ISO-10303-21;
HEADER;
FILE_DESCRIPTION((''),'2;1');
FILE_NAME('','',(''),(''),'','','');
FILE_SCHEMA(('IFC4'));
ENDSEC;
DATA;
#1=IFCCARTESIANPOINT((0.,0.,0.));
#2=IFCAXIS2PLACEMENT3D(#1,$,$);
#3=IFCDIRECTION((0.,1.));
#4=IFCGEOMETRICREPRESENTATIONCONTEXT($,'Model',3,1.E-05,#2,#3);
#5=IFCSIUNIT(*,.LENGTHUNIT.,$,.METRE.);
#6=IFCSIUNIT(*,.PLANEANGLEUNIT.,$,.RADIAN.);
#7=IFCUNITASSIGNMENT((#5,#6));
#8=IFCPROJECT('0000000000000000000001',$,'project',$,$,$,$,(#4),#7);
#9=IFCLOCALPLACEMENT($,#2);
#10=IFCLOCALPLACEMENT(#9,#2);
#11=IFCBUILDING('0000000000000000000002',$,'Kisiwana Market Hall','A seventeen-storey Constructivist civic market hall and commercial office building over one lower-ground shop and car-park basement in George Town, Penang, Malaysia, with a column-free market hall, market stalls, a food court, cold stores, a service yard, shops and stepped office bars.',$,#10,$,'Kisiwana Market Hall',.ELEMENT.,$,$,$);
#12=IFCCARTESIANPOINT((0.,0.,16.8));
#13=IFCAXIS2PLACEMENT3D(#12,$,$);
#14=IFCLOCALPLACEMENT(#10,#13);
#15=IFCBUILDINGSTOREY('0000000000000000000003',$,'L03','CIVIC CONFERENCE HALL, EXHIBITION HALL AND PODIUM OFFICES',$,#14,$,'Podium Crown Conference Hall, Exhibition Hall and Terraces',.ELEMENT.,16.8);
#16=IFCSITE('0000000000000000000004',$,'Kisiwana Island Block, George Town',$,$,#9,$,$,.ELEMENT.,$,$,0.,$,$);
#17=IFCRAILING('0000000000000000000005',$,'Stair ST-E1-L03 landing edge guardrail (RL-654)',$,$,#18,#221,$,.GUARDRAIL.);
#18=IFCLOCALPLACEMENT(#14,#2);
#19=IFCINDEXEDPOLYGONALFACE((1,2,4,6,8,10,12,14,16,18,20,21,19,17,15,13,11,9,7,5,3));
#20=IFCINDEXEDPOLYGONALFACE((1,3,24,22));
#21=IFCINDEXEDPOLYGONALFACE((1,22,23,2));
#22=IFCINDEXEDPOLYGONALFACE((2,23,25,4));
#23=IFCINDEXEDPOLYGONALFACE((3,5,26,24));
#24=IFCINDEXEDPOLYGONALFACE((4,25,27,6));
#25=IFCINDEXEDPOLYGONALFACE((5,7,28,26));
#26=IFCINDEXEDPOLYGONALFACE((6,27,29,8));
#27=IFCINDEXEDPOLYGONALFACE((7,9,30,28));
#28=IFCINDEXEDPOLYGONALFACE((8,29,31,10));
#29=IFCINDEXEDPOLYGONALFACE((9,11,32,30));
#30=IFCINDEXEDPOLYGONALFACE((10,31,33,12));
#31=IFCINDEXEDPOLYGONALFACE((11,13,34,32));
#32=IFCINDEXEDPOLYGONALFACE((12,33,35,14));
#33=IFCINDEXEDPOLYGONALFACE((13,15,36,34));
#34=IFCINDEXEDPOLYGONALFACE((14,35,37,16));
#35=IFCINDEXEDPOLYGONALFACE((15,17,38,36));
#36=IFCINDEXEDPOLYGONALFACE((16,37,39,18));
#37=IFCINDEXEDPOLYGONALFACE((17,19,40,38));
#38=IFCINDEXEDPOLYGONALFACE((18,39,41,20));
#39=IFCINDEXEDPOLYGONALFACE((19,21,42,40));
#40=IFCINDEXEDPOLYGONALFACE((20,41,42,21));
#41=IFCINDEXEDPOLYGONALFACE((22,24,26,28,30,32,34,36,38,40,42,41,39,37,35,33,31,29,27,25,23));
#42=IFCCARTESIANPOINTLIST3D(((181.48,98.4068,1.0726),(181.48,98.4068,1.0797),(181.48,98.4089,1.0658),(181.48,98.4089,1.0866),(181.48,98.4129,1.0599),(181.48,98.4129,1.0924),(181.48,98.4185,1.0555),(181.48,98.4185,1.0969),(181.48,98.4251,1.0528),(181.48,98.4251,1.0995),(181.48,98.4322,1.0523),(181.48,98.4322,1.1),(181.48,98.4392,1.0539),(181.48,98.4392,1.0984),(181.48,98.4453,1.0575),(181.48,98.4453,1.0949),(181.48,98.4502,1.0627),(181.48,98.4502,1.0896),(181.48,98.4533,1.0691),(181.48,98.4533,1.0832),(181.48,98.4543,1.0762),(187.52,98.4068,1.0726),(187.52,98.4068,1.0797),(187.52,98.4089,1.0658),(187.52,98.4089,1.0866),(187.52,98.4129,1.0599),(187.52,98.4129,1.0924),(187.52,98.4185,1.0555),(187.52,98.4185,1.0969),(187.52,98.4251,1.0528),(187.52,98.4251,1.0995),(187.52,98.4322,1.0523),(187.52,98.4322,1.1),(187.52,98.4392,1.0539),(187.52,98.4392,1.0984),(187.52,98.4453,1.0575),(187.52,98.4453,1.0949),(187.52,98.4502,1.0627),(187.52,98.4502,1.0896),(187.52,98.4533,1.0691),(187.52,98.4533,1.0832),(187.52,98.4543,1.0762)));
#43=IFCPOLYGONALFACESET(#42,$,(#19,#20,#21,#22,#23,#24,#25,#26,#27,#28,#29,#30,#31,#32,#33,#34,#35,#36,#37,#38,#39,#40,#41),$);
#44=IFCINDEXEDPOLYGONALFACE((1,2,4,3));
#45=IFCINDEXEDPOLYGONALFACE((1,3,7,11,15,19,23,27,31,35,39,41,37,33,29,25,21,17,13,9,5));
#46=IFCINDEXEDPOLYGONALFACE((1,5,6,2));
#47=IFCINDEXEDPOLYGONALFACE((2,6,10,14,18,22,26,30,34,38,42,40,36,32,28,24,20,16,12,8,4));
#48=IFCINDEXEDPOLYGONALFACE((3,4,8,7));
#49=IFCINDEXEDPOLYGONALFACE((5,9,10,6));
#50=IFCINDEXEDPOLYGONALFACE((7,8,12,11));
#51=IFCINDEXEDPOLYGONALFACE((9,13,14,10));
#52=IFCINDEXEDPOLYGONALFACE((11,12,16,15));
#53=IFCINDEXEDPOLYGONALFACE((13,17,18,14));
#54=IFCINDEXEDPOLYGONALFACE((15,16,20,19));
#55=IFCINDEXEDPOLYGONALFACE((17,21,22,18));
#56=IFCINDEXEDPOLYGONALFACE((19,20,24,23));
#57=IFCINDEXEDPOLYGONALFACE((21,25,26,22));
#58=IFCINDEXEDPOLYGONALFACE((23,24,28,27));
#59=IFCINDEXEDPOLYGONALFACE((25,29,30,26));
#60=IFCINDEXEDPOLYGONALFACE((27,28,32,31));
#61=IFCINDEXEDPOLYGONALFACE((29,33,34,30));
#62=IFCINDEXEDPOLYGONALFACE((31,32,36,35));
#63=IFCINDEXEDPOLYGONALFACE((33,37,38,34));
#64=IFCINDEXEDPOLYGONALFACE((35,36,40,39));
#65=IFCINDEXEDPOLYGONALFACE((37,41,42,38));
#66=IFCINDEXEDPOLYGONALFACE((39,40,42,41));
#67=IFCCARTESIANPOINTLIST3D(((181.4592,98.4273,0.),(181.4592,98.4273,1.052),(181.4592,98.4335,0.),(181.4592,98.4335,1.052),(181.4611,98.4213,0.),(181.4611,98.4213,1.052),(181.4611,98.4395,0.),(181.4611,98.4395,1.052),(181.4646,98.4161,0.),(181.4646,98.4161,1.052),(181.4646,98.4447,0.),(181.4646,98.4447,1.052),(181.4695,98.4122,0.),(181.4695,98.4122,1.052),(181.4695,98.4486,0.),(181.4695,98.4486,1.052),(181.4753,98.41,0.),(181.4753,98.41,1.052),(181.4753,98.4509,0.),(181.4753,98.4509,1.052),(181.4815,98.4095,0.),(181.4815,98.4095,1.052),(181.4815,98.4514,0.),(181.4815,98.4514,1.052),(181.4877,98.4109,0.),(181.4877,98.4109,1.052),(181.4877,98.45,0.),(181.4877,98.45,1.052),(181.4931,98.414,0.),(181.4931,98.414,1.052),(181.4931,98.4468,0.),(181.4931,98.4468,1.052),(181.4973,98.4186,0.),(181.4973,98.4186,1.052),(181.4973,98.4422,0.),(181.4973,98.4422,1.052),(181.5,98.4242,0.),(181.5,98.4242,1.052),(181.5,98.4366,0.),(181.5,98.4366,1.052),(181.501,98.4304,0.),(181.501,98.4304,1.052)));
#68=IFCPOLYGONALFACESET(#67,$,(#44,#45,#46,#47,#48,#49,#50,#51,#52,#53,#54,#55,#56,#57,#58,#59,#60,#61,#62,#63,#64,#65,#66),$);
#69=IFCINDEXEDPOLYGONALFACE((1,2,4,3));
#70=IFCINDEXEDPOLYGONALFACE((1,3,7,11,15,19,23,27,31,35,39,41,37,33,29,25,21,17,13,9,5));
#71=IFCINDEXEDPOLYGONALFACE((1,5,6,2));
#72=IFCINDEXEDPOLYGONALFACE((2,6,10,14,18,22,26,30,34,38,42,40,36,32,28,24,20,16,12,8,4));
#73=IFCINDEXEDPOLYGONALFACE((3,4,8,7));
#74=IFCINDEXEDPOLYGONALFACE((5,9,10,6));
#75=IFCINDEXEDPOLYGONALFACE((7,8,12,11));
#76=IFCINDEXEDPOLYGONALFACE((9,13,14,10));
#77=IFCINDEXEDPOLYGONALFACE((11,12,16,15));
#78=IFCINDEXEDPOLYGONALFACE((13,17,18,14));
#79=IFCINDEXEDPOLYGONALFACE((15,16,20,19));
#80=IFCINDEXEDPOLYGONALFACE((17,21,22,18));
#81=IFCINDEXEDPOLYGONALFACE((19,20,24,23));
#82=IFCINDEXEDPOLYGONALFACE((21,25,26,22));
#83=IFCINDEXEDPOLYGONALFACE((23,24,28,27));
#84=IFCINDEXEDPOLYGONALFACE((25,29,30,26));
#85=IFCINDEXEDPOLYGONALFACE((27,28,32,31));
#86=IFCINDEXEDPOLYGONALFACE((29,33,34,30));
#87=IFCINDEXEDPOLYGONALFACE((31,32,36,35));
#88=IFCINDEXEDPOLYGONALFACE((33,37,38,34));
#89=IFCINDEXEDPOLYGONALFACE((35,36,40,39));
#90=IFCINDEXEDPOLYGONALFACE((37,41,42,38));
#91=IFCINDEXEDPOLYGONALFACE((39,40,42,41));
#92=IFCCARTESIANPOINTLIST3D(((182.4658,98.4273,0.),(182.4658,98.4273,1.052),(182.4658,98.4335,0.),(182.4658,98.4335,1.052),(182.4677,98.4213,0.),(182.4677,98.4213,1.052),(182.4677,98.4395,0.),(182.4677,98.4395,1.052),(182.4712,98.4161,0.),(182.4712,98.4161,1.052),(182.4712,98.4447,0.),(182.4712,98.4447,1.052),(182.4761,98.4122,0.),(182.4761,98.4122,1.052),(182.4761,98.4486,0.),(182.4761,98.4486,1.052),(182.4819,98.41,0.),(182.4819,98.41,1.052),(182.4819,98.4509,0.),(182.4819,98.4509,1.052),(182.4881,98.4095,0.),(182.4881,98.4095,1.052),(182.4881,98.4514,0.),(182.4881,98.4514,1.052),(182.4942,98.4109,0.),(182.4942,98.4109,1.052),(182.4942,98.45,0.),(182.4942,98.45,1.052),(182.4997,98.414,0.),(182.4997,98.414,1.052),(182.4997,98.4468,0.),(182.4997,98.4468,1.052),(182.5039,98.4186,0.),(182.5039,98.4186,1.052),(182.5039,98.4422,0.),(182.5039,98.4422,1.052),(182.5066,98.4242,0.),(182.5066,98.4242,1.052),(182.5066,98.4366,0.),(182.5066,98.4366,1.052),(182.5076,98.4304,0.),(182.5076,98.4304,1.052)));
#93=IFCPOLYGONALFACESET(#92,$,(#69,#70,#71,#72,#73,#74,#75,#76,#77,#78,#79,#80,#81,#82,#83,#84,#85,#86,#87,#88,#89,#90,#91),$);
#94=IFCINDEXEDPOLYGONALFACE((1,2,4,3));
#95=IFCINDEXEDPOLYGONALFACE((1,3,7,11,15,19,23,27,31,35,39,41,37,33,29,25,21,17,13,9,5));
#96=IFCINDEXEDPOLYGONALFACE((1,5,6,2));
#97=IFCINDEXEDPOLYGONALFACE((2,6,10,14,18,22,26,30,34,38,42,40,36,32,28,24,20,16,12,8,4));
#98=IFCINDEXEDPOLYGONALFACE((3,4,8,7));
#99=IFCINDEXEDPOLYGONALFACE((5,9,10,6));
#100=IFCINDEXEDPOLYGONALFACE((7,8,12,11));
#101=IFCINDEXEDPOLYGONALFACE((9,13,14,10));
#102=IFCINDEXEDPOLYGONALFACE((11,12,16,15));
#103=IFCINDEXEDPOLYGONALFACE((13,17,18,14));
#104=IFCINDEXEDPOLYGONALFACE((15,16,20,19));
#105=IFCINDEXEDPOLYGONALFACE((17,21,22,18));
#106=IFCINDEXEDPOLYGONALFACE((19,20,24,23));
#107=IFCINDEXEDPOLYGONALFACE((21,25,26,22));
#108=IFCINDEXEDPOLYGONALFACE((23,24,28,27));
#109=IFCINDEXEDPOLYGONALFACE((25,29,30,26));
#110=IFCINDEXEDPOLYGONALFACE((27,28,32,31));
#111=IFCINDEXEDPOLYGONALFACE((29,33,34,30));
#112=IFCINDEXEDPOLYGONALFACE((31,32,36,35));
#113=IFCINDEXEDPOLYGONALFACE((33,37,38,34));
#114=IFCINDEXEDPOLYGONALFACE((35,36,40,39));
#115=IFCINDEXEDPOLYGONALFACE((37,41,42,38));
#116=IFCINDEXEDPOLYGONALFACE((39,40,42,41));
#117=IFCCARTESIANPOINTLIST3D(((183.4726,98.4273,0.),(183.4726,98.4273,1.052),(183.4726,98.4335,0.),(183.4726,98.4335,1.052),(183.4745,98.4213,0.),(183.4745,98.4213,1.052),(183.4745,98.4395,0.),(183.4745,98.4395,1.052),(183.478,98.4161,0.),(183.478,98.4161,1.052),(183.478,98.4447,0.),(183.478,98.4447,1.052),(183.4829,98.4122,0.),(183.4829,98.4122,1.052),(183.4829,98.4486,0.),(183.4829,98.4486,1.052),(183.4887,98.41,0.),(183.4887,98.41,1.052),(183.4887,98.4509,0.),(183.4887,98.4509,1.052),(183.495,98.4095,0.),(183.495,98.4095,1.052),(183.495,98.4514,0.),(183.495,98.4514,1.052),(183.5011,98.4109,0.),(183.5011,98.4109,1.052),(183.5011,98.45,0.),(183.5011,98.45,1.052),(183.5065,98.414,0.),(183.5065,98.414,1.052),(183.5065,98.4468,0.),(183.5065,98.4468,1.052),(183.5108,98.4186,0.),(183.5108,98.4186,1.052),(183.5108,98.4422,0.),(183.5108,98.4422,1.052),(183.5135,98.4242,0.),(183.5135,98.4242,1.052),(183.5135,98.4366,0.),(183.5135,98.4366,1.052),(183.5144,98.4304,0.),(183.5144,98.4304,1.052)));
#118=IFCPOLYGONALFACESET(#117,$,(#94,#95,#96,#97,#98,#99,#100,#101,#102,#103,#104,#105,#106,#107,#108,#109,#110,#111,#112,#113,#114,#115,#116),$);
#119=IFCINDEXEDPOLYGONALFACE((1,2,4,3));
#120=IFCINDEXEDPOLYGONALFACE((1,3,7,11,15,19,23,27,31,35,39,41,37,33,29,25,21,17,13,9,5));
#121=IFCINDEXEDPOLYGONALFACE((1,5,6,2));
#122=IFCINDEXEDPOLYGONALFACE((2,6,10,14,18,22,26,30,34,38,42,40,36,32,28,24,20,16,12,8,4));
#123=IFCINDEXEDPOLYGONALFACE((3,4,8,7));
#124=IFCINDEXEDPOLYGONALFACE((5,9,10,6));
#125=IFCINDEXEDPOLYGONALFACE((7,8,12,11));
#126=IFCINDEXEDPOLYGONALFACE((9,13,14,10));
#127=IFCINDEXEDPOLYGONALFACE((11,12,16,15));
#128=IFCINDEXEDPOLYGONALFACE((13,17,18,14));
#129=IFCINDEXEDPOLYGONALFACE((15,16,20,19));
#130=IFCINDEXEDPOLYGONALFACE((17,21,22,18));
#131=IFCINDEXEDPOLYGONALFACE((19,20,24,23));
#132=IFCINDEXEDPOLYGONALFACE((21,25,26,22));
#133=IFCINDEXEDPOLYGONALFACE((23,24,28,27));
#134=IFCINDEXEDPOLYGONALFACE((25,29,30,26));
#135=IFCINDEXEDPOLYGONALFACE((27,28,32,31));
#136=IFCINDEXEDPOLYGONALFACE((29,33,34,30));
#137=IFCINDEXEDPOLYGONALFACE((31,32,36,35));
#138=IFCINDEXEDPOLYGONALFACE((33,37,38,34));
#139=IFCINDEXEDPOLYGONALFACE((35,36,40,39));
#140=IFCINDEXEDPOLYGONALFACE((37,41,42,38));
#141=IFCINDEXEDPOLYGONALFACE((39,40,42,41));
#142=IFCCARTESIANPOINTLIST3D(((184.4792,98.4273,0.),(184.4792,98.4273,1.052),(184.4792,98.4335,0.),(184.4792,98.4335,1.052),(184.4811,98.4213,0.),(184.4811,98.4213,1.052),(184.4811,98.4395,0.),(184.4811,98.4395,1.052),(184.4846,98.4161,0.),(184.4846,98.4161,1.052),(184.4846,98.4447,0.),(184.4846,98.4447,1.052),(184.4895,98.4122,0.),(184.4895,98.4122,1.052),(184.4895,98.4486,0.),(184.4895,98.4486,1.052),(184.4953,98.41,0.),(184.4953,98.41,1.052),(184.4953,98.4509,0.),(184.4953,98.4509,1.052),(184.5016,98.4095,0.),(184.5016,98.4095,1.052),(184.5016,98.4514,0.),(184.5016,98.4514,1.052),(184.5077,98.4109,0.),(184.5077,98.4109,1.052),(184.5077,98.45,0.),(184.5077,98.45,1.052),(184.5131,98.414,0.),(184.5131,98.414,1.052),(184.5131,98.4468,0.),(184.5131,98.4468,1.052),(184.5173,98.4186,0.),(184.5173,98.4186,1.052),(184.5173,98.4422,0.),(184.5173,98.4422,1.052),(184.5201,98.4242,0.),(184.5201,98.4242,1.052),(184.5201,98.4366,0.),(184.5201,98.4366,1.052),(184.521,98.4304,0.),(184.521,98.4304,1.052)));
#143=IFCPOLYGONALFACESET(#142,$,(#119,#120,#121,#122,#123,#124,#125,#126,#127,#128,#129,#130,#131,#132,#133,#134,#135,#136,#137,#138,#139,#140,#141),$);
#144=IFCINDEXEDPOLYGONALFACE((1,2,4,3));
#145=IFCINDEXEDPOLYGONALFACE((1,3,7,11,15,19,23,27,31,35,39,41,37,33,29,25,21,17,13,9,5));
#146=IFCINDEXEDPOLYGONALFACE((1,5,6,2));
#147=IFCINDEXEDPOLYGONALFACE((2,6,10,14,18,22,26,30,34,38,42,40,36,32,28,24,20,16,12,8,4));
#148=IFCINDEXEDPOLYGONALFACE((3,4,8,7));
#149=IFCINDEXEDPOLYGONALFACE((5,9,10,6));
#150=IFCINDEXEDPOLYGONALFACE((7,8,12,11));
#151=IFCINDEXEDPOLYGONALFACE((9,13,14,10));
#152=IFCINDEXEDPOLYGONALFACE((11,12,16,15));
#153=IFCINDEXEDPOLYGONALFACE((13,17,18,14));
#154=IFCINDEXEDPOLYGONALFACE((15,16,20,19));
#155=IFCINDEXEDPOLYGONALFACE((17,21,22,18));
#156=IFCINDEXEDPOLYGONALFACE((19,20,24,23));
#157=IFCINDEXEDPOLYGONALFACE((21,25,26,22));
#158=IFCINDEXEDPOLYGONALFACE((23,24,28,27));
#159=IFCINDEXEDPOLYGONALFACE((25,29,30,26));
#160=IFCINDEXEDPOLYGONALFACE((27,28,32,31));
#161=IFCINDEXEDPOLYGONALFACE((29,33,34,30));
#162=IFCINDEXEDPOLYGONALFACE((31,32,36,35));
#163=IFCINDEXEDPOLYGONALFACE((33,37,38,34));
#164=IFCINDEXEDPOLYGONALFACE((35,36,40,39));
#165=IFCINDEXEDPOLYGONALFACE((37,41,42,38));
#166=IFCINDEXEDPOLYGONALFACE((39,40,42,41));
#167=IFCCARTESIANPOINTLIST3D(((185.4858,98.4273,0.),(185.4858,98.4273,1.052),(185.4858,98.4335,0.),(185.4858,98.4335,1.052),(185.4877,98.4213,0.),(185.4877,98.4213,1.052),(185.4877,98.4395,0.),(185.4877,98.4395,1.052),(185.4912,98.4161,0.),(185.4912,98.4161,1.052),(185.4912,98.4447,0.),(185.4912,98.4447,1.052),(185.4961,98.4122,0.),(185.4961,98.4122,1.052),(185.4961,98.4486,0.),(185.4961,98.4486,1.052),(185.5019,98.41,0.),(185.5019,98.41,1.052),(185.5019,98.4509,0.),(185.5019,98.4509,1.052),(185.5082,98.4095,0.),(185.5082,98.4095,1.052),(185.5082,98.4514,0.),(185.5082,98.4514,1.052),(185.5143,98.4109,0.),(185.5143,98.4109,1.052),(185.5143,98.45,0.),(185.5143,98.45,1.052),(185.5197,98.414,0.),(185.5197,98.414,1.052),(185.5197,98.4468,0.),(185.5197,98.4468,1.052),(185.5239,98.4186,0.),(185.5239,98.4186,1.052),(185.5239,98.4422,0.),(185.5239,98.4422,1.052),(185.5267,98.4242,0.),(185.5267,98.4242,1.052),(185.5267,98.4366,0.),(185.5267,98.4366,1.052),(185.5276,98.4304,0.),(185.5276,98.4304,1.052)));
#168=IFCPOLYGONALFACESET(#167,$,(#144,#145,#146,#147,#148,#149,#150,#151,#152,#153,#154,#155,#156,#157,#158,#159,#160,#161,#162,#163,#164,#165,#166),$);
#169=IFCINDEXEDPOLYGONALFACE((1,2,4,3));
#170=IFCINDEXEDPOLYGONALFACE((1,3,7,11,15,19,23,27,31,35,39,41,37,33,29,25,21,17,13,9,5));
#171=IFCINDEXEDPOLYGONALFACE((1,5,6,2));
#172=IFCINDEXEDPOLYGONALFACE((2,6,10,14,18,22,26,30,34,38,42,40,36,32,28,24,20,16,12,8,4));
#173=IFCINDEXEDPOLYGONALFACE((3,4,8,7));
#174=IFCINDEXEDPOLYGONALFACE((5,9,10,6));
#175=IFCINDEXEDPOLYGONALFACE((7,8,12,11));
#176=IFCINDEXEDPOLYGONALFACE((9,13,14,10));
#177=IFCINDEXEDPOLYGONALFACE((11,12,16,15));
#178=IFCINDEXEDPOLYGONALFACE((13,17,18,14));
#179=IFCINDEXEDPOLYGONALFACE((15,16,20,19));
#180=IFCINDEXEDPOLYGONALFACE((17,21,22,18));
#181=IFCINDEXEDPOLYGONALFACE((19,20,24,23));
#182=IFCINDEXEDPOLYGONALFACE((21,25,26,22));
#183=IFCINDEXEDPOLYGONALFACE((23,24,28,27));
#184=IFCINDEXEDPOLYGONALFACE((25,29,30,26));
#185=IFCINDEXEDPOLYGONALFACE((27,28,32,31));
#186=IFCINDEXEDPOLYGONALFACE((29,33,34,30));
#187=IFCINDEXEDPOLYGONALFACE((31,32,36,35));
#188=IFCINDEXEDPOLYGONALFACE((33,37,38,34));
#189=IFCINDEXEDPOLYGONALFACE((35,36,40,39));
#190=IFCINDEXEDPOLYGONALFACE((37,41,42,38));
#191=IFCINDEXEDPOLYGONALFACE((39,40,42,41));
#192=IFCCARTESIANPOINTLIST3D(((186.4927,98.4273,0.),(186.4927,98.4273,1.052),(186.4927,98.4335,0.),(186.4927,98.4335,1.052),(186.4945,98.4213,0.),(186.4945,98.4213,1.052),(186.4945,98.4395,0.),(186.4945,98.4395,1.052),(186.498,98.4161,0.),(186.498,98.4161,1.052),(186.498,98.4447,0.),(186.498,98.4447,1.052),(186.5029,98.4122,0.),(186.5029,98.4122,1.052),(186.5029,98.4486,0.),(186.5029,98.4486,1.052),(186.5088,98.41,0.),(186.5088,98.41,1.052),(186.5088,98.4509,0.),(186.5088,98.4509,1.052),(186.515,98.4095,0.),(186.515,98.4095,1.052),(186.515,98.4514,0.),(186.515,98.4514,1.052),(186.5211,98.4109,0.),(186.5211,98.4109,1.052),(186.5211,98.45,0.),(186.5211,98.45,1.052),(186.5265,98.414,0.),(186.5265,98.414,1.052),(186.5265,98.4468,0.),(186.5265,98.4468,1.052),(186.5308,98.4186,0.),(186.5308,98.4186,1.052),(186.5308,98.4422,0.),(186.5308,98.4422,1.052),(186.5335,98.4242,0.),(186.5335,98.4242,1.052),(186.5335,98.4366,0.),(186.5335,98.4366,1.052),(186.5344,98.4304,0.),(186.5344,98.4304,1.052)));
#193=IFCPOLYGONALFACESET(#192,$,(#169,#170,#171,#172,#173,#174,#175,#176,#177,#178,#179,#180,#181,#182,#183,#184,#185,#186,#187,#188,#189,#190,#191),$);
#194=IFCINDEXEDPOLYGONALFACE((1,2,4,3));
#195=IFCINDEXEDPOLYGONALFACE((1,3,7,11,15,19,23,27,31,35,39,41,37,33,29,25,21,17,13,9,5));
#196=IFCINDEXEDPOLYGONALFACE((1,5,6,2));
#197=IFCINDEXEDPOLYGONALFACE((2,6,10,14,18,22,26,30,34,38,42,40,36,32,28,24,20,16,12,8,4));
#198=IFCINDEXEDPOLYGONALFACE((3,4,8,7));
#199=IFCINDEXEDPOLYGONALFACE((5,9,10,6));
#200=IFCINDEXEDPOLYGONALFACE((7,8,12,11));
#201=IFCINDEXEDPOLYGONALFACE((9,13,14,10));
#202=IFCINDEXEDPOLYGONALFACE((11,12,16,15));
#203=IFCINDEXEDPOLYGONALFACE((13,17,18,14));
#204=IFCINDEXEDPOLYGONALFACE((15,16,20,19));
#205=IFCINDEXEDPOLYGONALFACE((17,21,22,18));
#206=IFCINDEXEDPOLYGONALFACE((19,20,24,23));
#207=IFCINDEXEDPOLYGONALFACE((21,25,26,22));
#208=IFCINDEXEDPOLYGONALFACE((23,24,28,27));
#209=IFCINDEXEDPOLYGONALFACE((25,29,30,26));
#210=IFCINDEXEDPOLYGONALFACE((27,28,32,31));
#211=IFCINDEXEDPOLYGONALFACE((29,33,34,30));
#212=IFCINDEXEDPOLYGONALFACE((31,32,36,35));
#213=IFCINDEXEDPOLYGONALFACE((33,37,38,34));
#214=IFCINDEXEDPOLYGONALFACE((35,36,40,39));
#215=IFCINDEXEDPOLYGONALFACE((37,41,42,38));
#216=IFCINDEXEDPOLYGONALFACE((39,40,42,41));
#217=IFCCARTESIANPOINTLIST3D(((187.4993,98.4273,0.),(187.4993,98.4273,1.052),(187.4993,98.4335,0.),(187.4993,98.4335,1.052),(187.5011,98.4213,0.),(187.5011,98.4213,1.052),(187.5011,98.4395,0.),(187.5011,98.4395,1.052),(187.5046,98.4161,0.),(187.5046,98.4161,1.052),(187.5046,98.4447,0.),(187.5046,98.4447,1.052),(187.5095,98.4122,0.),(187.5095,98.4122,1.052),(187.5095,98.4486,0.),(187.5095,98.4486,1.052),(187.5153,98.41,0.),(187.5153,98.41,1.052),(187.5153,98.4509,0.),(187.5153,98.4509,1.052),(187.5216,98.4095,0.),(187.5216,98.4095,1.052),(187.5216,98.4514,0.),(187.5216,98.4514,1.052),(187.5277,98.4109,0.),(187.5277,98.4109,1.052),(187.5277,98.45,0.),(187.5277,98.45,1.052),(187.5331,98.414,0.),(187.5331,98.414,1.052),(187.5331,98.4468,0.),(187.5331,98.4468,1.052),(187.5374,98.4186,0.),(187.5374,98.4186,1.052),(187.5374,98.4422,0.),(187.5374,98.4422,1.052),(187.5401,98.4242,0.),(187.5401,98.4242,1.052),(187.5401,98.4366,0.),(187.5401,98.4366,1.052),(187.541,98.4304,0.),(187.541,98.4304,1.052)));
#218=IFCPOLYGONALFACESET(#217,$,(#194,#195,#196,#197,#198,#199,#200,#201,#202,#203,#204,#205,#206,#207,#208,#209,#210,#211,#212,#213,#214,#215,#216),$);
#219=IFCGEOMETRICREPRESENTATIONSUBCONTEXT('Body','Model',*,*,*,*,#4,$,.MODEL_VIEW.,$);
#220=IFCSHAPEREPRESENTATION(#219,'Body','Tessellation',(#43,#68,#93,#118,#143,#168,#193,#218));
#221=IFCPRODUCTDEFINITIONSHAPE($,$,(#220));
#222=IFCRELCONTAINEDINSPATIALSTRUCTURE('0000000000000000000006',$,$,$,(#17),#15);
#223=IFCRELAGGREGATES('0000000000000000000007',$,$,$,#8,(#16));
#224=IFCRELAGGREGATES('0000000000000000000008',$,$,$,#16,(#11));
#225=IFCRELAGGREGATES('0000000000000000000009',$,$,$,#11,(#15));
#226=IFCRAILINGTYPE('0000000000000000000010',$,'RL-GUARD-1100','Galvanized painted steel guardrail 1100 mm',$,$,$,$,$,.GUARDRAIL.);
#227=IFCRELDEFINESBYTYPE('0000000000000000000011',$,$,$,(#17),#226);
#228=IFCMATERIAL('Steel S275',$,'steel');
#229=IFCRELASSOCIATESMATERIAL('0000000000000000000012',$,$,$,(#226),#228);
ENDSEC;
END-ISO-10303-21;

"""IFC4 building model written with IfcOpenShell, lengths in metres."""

from ifc_helpers import new_model, si_unit, direction, frame, origin, origin_2d, place, context, subcontext, project, spatial, circle, extrude, material, type_object, element, save


model = new_model("IFC4")

# Units and contexts
model_context = context("Model", 3, precision=1e-05, world=origin(), true_north=direction((0.0, 1.0)))
body_context = subcontext(model_context, "Body", "Model", "MODEL_VIEW")
ifc_project = project(units=[si_unit("LENGTHUNIT", "METRE"), si_unit("PLANEANGLEUNIT", "RADIAN")], contexts=[model_context])

# Site, building, storey
site_placement = place(None, origin())
site = spatial("IfcSite", under=ifc_project, at=site_placement, Name="Kisiwana Island Block, George Town", CompositionType="ELEMENT", RefElevation=0.0)
building_placement = place(site_placement, origin())
building = spatial("IfcBuilding", under=site, at=building_placement, Name="Kisiwana Market Hall", Description="A seventeen-storey Constructivist civic market hall and commercial office building over one lower-ground shop and car-park basement in George Town, Penang, Malaysia, with a column-free market hall, market stalls, a food court, cold stores, a service yard, shops and stepped office bars.", LongName="Kisiwana Market Hall", CompositionType="ELEMENT")
storey_placement = place(building_placement, frame((0.0, 0.0, 16.8)))
storey = spatial("IfcBuildingStorey", under=building, at=storey_placement, Name="L03", Description="CIVIC CONFERENCE HALL, EXHIBITION HALL AND PODIUM OFFICES", LongName="Podium Crown Conference Hall, Exhibition Hall and Terraces", CompositionType="ELEMENT", Elevation=16.8)

# Railing
ifc_material_1 = material(Name="Steel S275", Category="steel")
railing_type_1 = type_object("IfcRailingType", Name="RL-GUARD-1100", Description="Galvanized painted steel guardrail 1100 mm", PredefinedType="GUARDRAIL", material=ifc_material_1)
railing_1_placement = place(storey_placement, frame((181.48, 98.4304, 0.0)))
element("IfcRailing", 1, at=railing_1_placement, inside=storey, type_object=railing_type_1, Name="Stair ST-E1-L03 landing edge guardrail (RL-654)", PredefinedType="GUARDRAIL", context=body_context, shape_type="SweptSolid", body=[
    extrude(circle(Radius=0.0239, at=origin_2d()), frame((0.0, 0.0, 1.0762), z_axis=(1.0, 0.0, 0.0), x_axis=(0.0, 1.0, 0.0)), (0.0, 0.0, 1.0), 6.04),
    extrude(circle(Radius=0.021, at=origin_2d()), origin(), (0.0, 0.0, 1.0), 1.052),
    extrude(circle(Radius=0.021, at=origin_2d()), frame((1.0066, 0.0, 0.0)), (0.0, 0.0, 1.0), 1.052),
    extrude(circle(Radius=0.021, at=origin_2d()), frame((2.0134, 0.0, 0.0)), (0.0, 0.0, 1.0), 1.052),
    extrude(circle(Radius=0.021, at=origin_2d()), frame((3.02, 0.0, 0.0)), (0.0, 0.0, 1.0), 1.052),
    extrude(circle(Radius=0.021, at=origin_2d()), frame((4.0266, 0.0, 0.0)), (0.0, 0.0, 1.0), 1.052),
    extrude(circle(Radius=0.021, at=origin_2d()), frame((5.0334, 0.0, 0.0)), (0.0, 0.0, 1.0), 1.052),
    extrude(circle(Radius=0.021, at=origin_2d()), frame((6.04, 0.0, 0.0)), (0.0, 0.0, 1.0), 1.052),
])

save(model, "model.ifc")
